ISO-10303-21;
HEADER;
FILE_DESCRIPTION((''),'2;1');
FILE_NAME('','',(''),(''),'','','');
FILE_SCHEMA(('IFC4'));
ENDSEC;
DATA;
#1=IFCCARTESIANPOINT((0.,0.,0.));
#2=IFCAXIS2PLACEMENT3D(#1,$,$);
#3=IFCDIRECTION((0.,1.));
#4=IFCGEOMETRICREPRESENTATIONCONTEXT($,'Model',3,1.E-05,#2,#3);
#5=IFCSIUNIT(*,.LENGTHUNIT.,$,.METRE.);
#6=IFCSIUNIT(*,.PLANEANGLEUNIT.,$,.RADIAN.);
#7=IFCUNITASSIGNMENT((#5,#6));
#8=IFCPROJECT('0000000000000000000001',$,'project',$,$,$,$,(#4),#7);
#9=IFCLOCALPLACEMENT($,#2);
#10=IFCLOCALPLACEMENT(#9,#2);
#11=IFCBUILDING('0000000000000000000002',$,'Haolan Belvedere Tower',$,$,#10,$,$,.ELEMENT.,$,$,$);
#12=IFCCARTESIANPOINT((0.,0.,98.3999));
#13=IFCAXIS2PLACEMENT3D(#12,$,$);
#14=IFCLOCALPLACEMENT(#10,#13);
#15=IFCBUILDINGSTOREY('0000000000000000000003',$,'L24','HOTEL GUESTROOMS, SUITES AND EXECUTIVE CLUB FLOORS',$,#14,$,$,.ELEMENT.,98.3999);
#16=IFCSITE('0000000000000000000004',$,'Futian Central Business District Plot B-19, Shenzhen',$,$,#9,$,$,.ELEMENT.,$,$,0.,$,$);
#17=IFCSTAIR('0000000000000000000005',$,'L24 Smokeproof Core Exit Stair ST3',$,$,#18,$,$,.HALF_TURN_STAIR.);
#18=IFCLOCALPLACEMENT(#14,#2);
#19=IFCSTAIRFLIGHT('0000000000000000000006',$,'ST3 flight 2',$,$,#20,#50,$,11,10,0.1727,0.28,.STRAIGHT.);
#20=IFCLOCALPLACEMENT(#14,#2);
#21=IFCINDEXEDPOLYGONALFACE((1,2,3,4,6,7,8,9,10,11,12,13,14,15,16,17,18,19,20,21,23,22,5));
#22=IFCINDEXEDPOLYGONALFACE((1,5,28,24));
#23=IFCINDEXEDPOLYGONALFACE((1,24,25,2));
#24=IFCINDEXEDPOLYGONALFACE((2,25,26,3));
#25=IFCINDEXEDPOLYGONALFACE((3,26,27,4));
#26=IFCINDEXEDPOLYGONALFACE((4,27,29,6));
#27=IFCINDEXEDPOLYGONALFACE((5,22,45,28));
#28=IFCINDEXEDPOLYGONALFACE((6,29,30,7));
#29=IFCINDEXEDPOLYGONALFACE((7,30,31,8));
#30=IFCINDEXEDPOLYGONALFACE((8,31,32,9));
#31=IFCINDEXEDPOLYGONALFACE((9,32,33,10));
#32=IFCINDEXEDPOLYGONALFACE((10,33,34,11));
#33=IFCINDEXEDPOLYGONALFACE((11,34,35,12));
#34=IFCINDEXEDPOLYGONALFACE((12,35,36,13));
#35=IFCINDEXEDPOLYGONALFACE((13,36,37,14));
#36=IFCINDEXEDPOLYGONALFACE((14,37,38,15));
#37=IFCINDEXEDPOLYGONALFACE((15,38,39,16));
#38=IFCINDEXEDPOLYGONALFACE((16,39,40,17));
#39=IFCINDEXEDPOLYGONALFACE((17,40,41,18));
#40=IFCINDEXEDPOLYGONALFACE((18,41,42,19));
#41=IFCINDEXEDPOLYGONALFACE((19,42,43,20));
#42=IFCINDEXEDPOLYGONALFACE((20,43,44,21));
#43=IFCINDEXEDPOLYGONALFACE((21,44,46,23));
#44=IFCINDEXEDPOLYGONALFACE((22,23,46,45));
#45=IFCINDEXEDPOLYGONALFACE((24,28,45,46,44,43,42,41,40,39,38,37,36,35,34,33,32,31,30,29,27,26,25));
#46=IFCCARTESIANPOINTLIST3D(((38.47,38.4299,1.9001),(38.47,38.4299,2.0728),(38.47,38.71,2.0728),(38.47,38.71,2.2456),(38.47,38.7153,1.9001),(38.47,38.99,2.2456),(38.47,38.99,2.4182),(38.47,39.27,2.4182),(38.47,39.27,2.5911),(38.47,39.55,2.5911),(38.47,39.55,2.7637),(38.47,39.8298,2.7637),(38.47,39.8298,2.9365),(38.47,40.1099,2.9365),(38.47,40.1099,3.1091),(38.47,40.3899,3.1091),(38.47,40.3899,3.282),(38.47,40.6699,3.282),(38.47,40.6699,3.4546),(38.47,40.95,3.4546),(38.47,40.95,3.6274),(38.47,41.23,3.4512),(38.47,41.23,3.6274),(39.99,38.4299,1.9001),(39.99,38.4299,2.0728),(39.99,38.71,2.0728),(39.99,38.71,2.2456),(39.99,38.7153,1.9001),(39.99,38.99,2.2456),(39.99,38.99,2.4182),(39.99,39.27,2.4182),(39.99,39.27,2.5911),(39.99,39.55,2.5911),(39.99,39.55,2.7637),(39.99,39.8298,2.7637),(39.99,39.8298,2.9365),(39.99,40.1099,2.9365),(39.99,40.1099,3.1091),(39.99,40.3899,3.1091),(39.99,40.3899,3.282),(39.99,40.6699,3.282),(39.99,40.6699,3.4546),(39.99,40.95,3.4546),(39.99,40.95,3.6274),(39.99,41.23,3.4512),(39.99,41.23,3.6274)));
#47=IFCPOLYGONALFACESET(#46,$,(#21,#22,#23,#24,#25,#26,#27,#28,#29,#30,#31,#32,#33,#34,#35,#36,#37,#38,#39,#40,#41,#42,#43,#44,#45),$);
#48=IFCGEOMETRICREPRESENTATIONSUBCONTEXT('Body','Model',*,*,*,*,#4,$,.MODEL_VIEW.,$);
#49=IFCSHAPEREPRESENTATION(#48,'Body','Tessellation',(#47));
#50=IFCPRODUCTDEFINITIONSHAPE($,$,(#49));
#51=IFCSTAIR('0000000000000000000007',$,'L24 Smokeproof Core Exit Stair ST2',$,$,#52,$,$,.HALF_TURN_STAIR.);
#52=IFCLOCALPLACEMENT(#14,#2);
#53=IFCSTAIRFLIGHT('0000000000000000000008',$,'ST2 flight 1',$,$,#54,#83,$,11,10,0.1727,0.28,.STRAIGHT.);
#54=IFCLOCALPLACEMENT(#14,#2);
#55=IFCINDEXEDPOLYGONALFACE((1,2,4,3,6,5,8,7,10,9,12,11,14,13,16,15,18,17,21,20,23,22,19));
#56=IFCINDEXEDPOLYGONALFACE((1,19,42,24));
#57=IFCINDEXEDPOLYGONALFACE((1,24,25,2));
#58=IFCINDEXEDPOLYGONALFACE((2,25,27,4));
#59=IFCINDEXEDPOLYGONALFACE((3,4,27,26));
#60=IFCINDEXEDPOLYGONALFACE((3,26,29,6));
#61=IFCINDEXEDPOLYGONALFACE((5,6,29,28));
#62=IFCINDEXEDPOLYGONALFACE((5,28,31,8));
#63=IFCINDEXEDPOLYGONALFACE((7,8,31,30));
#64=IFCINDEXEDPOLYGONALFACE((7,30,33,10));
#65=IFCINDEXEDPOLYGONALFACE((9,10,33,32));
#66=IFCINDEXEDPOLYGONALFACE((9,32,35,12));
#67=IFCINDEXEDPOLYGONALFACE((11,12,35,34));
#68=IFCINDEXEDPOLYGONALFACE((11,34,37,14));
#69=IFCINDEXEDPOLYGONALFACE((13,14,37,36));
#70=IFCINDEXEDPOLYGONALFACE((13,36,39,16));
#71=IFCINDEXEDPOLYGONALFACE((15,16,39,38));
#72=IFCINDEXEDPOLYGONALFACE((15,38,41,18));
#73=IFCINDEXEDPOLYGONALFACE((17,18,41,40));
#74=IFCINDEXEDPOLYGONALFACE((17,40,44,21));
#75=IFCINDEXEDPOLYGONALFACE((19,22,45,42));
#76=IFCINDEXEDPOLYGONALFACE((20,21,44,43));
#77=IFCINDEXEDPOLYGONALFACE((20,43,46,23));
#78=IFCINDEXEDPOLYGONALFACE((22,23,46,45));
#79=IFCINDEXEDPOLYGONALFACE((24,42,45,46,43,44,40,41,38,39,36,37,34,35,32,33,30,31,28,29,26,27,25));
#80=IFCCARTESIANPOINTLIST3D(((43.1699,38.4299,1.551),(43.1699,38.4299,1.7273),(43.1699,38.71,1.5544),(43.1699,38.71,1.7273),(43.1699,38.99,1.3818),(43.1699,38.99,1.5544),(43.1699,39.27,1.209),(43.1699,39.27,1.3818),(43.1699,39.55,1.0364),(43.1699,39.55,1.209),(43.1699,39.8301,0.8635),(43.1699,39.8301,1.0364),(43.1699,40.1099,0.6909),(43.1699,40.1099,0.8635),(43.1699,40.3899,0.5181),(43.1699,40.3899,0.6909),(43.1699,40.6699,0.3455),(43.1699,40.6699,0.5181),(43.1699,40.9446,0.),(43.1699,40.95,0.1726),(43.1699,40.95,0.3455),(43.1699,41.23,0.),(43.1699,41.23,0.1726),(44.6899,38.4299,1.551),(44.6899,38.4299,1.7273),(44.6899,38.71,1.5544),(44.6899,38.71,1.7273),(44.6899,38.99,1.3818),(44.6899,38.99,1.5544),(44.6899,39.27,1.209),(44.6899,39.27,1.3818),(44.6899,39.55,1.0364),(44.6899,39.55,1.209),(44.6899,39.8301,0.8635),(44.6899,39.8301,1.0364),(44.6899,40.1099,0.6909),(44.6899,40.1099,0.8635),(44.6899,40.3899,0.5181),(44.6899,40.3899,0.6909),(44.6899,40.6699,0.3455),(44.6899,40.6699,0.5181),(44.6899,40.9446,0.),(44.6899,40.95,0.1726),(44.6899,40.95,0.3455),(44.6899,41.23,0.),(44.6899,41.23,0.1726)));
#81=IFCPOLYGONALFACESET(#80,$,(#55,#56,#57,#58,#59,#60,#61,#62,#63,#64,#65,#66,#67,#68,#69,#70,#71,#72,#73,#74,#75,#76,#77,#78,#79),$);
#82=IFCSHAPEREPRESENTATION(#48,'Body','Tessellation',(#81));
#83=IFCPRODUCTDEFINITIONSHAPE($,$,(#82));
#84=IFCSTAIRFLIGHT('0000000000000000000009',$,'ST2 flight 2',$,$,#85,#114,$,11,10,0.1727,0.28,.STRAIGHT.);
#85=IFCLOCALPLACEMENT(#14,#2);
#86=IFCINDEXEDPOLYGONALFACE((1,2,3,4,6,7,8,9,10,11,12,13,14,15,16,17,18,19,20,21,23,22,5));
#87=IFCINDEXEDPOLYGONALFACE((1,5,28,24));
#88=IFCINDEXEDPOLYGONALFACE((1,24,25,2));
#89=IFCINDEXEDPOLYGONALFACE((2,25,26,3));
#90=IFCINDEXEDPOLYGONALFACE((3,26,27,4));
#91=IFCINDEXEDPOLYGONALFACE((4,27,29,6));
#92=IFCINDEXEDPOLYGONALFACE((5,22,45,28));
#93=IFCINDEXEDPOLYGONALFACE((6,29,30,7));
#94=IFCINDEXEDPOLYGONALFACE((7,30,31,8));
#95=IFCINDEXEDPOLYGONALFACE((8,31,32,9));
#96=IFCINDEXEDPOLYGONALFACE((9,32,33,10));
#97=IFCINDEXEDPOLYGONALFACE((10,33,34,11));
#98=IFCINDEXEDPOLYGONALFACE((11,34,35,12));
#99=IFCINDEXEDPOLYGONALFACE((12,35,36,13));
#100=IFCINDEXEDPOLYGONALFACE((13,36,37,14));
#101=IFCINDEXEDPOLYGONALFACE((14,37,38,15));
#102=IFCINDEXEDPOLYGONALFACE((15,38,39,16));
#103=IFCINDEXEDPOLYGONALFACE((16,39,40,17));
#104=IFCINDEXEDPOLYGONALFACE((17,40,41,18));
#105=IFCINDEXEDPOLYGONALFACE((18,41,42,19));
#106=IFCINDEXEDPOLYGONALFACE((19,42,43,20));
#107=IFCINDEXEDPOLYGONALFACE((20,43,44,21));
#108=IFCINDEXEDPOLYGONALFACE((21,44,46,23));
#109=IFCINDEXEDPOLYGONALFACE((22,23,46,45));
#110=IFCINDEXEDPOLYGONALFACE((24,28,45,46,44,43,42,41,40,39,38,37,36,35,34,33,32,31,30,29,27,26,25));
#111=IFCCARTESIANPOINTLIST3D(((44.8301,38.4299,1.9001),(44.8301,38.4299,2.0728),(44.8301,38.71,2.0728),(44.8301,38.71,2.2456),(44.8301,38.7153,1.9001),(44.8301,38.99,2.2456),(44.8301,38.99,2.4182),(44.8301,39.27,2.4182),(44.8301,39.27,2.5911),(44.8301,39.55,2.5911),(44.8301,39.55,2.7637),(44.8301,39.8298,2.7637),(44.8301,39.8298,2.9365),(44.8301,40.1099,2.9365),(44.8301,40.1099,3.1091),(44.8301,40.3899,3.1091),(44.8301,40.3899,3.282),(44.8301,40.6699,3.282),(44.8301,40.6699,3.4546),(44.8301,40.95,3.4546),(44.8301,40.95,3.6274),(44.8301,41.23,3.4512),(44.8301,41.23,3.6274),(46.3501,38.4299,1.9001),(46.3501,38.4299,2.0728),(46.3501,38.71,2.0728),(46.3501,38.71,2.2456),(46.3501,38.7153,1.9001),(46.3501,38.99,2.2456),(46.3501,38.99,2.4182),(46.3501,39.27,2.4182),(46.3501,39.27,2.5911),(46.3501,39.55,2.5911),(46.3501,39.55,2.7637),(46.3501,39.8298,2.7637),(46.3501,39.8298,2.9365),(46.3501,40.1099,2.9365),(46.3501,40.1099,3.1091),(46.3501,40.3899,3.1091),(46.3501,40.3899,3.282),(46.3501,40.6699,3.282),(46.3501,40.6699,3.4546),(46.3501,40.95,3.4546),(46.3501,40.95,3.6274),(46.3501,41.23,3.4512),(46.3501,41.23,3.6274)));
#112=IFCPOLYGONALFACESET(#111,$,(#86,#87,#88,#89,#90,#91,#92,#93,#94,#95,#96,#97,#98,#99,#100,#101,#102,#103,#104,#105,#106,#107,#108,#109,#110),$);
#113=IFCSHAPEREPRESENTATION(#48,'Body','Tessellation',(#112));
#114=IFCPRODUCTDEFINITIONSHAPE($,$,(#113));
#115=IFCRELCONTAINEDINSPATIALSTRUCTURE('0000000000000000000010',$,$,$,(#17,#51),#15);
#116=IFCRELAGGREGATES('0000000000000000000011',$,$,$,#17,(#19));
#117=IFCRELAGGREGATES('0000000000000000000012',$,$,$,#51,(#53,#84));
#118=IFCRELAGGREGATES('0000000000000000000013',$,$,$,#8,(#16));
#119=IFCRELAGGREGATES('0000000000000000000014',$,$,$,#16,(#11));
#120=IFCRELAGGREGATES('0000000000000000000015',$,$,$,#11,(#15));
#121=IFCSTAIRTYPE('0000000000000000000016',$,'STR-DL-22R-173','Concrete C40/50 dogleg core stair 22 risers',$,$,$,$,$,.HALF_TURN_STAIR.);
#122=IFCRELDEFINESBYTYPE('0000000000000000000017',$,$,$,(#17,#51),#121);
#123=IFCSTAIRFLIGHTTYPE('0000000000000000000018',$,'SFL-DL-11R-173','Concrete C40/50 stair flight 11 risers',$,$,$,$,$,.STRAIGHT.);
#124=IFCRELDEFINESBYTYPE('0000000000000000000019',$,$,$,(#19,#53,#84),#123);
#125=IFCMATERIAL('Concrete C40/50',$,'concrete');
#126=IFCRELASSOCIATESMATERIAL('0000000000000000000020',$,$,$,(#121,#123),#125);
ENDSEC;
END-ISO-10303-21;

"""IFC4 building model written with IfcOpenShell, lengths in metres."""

from ifc_helpers import new_model, si_unit, direction, frame, origin, place, context, subcontext, project, spatial, polyline, outline, extrude, material, type_object, element, aggregate, save


model = new_model("IFC4")

# Units and contexts
model_context = context("Model", 3, precision=1e-05, world=origin(), true_north=direction((0.0, 1.0)))
body_context = subcontext(model_context, "Body", "Model", "MODEL_VIEW")
ifc_project = project(units=[si_unit("LENGTHUNIT", "METRE"), si_unit("PLANEANGLEUNIT", "RADIAN")], contexts=[model_context])

# Site, building, storey
site_placement = place(None, origin())
site = spatial("IfcSite", under=ifc_project, at=site_placement, Name="Futian Central Business District Plot B-19, Shenzhen", CompositionType="ELEMENT", RefElevation=0.0)
building_placement = place(site_placement, origin())
building = spatial("IfcBuilding", under=site, at=building_placement, Name="Haolan Belvedere Tower", CompositionType="ELEMENT")
storey_placement = place(building_placement, frame((0.0, 0.0, 98.3999)))
storey = spatial("IfcBuildingStorey", under=building, at=storey_placement, Name="L24", Description="HOTEL GUESTROOMS, SUITES AND EXECUTIVE CLUB FLOORS", CompositionType="ELEMENT", Elevation=98.3999)

# Stairs, stair flights
ifc_material_1 = material(Name="Concrete C40/50", Category="concrete")
stair_type = type_object("IfcStairType", Name="STR-DL-22R-173", Description="Concrete C40/50 dogleg core stair 22 risers", PredefinedType="HALF_TURN_STAIR", material=ifc_material_1)
stair_1_placement = place(storey_placement, origin())
stair_1 = element("IfcStair", 1, at=stair_1_placement, inside=storey, type_object=stair_type, Name="L24 Smokeproof Core Exit Stair ST3", PredefinedType="HALF_TURN_STAIR")
stair_flight_type = type_object("IfcStairFlightType", Name="SFL-DL-11R-173", Description="Concrete C40/50 stair flight 11 risers", PredefinedType="STRAIGHT", material=ifc_material_1)
stair_flight_1_placement = place(storey_placement, frame((39.23, 38.4299, 1.9001), z_axis=(0.0, 0.0, 1.0), x_axis=(0.0, 1.0, 0.0)))
stair_flight_1 = element("IfcStairFlight", 2, at=stair_flight_1_placement, type_object=stair_flight_type, Name="ST3 flight 2", NumberOfRisers=11, NumberOfTreads=10, PredefinedType="STRAIGHT", RiserHeight=0.1727, TreadLength=0.28, context=body_context, shape_type="SweptSolid", body=[
    extrude(outline(polyline([(0.0, 0.0), (0.0, 0.1726), (0.28, 0.1726), (0.28, 0.3455), (0.5601, 0.3455), (0.5601, 0.5181), (0.8401, 0.5181), (0.8401, 0.6909), (1.1201, 0.6909), (1.1201, 0.8635), (1.3999, 0.8635), (1.3999, 1.0364), (1.6799, 1.0364), (1.6799, 1.209), (1.96, 1.209), (1.96, 1.3818), (2.24, 1.3818), (2.24, 1.5544), (2.52, 1.5544), (2.52, 1.7273), (2.8, 1.7273), (2.8, 1.8999), (2.8, 1.551), (0.2854, 0.0), (0.0, 0.0)])), frame((0.0, 0.76, 0.0), z_axis=(0.0, -1.0, 0.0), x_axis=(1.0, 0.0, 0.0)), (0.0, 0.0, 1.0), 1.52),
])
aggregate(stair_1, [stair_flight_1])
stair_2_placement = place(storey_placement, origin())
stair_2 = element("IfcStair", 3, at=stair_2_placement, inside=storey, type_object=stair_type, Name="L24 Smokeproof Core Exit Stair ST2", PredefinedType="HALF_TURN_STAIR")
stair_flight_2_placement = place(storey_placement, frame((43.9299, 41.23, 0.0), z_axis=(0.0, 0.0, 1.0), x_axis=(0.0, -1.0, 0.0)))
stair_flight_2 = element("IfcStairFlight", 4, at=stair_flight_2_placement, type_object=stair_flight_type, Name="ST2 flight 1", NumberOfRisers=11, NumberOfTreads=10, PredefinedType="STRAIGHT", RiserHeight=0.1727, TreadLength=0.28, context=body_context, shape_type="SweptSolid", body=[
    extrude(outline(polyline([(0.0, 0.0), (0.0, 0.1726), (0.28, 0.1726), (0.28, 0.3455), (0.5601, 0.3455), (0.5601, 0.5181), (0.8401, 0.5181), (0.8401, 0.6909), (1.1201, 0.6909), (1.1201, 0.8635), (1.3999, 0.8635), (1.3999, 1.0364), (1.6799, 1.0364), (1.6799, 1.209), (1.96, 1.209), (1.96, 1.3818), (2.24, 1.3818), (2.24, 1.5544), (2.52, 1.5544), (2.52, 1.7273), (2.8, 1.7273), (2.8, 1.8999), (2.8, 1.551), (0.2854, 0.0), (0.0, 0.0)])), frame((0.0, 0.76, 0.0), z_axis=(0.0, -1.0, 0.0), x_axis=(1.0, 0.0, 0.0)), (0.0, 0.0, 1.0), 1.52),
])
stair_flight_3_placement = place(storey_placement, frame((45.5901, 38.4299, 1.9001), z_axis=(0.0, 0.0, 1.0), x_axis=(0.0, 1.0, 0.0)))
stair_flight_3 = element("IfcStairFlight", 5, at=stair_flight_3_placement, type_object=stair_flight_type, Name="ST2 flight 2", NumberOfRisers=11, NumberOfTreads=10, PredefinedType="STRAIGHT", RiserHeight=0.1727, TreadLength=0.28, context=body_context, shape_type="SweptSolid", body=[
    extrude(outline(polyline([(0.0, 0.0), (0.0, 0.1726), (0.28, 0.1726), (0.28, 0.3455), (0.5601, 0.3455), (0.5601, 0.5181), (0.8401, 0.5181), (0.8401, 0.6909), (1.1201, 0.6909), (1.1201, 0.8635), (1.3999, 0.8635), (1.3999, 1.0364), (1.6799, 1.0364), (1.6799, 1.209), (1.96, 1.209), (1.96, 1.3818), (2.24, 1.3818), (2.24, 1.5544), (2.52, 1.5544), (2.52, 1.7273), (2.8, 1.7273), (2.8, 1.8999), (2.8, 1.551), (0.2854, 0.0), (0.0, 0.0)])), frame((0.0, 0.76, 0.0), z_axis=(0.0, -1.0, 0.0), x_axis=(1.0, 0.0, 0.0)), (0.0, 0.0, 1.0), 1.52),
])
aggregate(stair_2, [stair_flight_2, stair_flight_3])

save(model, "model.ifc")
